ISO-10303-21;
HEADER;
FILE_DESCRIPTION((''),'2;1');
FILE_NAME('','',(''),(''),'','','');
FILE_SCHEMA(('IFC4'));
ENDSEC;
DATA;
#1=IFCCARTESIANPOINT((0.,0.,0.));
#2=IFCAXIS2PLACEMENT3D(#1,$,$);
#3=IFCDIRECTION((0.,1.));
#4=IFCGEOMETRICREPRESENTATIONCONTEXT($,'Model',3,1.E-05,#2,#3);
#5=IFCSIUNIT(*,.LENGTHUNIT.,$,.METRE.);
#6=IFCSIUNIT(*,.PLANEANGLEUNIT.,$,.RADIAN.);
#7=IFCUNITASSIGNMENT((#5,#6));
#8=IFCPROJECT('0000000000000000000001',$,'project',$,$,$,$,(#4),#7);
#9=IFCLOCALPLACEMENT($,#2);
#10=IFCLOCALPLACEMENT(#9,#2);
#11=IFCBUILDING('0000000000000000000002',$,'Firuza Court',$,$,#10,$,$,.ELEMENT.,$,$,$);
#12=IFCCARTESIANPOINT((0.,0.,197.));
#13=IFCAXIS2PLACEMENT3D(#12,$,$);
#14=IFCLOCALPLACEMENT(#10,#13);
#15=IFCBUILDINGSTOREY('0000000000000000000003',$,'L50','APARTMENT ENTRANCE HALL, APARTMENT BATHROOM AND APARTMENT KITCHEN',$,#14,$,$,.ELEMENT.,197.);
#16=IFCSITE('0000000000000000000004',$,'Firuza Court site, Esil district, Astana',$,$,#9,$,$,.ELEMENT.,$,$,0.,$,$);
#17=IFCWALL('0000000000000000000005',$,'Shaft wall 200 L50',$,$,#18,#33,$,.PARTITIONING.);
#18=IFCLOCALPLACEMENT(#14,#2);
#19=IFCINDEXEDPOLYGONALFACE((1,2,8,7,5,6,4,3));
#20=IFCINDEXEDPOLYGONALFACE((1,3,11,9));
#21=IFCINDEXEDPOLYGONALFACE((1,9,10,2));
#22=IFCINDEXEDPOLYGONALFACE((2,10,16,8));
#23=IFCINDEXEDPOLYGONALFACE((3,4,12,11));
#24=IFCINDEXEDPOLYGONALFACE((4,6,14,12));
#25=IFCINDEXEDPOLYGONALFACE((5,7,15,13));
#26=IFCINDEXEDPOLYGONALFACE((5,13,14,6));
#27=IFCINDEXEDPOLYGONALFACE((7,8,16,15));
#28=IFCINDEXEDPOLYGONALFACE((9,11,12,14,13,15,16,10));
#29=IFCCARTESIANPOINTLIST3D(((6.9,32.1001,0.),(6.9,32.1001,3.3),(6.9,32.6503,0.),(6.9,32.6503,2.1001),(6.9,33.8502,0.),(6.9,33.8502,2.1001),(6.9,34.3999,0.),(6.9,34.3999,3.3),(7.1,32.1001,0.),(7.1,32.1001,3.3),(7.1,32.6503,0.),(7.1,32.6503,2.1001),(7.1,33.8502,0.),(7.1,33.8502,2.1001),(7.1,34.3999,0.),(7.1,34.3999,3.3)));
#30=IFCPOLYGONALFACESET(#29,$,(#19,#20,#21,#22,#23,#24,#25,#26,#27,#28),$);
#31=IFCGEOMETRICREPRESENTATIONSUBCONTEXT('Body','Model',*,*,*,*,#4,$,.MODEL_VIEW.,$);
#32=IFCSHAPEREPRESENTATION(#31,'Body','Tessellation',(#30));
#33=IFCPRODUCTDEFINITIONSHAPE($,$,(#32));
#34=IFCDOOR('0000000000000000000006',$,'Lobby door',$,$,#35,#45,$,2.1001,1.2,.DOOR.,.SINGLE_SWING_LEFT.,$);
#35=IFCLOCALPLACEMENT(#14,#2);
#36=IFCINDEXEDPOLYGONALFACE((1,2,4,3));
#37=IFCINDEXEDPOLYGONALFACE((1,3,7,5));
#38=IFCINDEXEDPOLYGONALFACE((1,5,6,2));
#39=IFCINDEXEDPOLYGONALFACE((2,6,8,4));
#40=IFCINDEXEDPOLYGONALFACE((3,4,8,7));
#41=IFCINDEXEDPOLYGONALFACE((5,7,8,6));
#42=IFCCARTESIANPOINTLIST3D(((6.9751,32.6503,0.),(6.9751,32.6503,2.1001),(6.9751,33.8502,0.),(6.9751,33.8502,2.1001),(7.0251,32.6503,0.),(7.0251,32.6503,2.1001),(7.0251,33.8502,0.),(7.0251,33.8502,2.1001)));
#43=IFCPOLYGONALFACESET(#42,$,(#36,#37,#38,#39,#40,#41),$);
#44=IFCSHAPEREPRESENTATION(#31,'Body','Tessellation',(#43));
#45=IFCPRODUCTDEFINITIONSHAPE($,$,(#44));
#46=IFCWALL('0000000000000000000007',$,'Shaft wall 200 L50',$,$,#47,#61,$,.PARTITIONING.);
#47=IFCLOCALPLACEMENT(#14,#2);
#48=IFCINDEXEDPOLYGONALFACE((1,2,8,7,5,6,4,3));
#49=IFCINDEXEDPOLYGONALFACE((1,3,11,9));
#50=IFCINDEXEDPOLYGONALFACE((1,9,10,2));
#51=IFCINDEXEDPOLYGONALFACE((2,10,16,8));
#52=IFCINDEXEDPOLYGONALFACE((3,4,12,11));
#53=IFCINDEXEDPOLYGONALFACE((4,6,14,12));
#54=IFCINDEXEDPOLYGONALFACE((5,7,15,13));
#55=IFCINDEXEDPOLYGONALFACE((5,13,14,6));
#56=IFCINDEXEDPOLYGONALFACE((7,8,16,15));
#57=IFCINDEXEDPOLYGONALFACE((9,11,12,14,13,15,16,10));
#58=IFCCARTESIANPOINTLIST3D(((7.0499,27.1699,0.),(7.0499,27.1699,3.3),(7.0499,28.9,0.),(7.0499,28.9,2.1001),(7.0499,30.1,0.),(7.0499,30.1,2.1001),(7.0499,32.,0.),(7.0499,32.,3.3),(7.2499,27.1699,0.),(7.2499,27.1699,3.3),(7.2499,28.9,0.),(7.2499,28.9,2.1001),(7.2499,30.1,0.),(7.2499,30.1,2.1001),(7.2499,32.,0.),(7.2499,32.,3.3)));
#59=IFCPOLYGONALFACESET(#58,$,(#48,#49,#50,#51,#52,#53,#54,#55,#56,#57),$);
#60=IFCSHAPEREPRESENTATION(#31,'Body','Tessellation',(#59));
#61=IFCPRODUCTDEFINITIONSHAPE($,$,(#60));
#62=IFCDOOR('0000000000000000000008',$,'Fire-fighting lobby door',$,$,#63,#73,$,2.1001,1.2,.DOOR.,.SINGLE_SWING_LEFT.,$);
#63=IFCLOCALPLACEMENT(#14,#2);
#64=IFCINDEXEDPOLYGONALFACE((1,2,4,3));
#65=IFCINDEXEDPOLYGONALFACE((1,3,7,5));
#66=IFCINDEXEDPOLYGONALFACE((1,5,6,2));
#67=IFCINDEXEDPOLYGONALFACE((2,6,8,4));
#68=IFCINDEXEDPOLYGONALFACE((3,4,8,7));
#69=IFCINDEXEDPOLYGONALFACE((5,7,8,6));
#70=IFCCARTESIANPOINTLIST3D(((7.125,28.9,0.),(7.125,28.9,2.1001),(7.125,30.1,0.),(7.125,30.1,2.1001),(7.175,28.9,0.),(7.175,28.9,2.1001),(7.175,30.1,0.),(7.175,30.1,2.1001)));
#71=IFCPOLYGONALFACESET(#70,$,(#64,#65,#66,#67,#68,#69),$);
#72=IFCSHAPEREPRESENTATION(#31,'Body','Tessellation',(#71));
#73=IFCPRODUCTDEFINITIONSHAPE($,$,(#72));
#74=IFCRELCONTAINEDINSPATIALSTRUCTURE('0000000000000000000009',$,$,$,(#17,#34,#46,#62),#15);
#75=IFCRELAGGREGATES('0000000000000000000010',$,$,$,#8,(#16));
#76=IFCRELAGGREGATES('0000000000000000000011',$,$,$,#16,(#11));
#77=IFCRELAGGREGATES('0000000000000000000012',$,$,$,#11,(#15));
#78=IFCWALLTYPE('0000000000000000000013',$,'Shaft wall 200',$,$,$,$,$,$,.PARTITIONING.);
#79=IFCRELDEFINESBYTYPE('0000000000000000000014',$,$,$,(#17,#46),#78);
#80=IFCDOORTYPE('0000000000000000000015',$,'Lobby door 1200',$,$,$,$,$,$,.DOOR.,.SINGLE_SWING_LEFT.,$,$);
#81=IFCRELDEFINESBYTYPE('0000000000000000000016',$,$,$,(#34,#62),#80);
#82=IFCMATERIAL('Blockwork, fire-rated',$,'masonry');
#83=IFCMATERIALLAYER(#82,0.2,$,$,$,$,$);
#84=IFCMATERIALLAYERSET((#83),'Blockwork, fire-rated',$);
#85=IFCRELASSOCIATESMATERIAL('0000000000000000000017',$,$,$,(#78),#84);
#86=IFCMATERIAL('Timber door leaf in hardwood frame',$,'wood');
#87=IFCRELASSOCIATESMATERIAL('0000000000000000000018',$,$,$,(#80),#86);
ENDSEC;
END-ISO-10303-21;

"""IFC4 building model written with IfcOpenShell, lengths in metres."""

from ifc_helpers import new_model, si_unit, direction, frame, frame_2d, origin, place, context, subcontext, project, spatial, rectangle, extrude, material, layer, layer_set, type_object, element, fill, save


model = new_model("IFC4")

# Units and contexts
model_context = context("Model", 3, precision=1e-05, world=origin(), true_north=direction((0.0, 1.0)))
body_context = subcontext(model_context, "Body", "Model", "MODEL_VIEW")
ifc_project = project(units=[si_unit("LENGTHUNIT", "METRE"), si_unit("PLANEANGLEUNIT", "RADIAN")], contexts=[model_context])

# Site, building, storey
site_placement = place(None, origin())
site = spatial("IfcSite", under=ifc_project, at=site_placement, Name="Firuza Court site, Esil district, Astana", CompositionType="ELEMENT", RefElevation=0.0)
building_placement = place(site_placement, origin())
building = spatial("IfcBuilding", under=site, at=building_placement, Name="Firuza Court", CompositionType="ELEMENT")
storey_placement = place(building_placement, frame((0.0, 0.0, 197.0)))
storey = spatial("IfcBuildingStorey", under=building, at=storey_placement, Name="L50", Description="APARTMENT ENTRANCE HALL, APARTMENT BATHROOM AND APARTMENT KITCHEN", CompositionType="ELEMENT", Elevation=197.0)

# Shared definitions
ifc_material_1 = material(Name="Blockwork, fire-rated", Category="masonry")
ifc_layer_1 = layer(ifc_material_1, 0.2)
ifc_layer_set_1 = layer_set([ifc_layer_1], Name="Blockwork, fire-rated")
wall_type_1 = type_object("IfcWallType", Name="Shaft wall 200", PredefinedType="PARTITIONING", material=ifc_layer_set_1)

# Shared definitions
ifc_material_2 = material(Name="Timber door leaf in hardwood frame", Category="wood")
door_type = type_object("IfcDoorType", Name="Lobby door 1200", OperationType="SINGLE_SWING_LEFT", PredefinedType="DOOR", material=ifc_material_2)

# Walls, openings, doors
wall_1_placement = place(storey_placement, frame((7.0, 32.1001, 0.0), z_axis=(0.0, 0.0, 1.0), x_axis=(0.0, 1.0, 0.0)))
wall_1 = element("IfcWall", 1, at=wall_1_placement, inside=storey, type_object=wall_type_1, Name="Shaft wall 200 L50", PredefinedType="PARTITIONING", context=body_context, shape_type="SweptSolid", body=[
    extrude(rectangle(XDim=2.2998, YDim=0.2, at=frame_2d((1.1499, 0.0))), origin(), (0.0, 0.0, 1.0), 3.3),
])
opening_1_placement = place(wall_1_placement, frame((0.55, 0.0, 0.0)))
opening_1 = element("IfcOpeningElement", 2, at=opening_1_placement, cuts=wall_1, PredefinedType="OPENING", context=body_context, shape_type="SweptSolid", body=[
    extrude(rectangle(XDim=1.2, YDim=2.1001, at=frame_2d((0.6001, 1.05))), frame((0.0, 0.1118, 0.0), z_axis=(0.0, -1.0, 0.0), x_axis=(1.0, 0.0, 0.0)), (0.0, 0.0, 1.0), 0.2239),
])
door_1_placement = place(opening_1_placement, origin())
door_1 = element("IfcDoor", 3, at=door_1_placement, inside=storey, type_object=door_type, Name="Lobby door", OperationType="SINGLE_SWING_LEFT", OverallHeight=2.1001, OverallWidth=1.2, PredefinedType="DOOR", context=body_context, shape_type="SweptSolid", body=[
    extrude(rectangle(XDim=1.2, YDim=2.1001, at=frame_2d((0.6001, 1.05))), frame((0.0, 0.0249, 0.0), z_axis=(0.0, -1.0, 0.0), x_axis=(1.0, 0.0, 0.0)), (0.0, 0.0, 1.0), 0.05),
])
fill(opening_1, door_1)
wall_2_placement = place(storey_placement, frame((7.1499, 27.1699, 0.0), z_axis=(0.0, 0.0, 1.0), x_axis=(0.0, 1.0, 0.0)))
wall_2 = element("IfcWall", 4, at=wall_2_placement, inside=storey, type_object=wall_type_1, Name="Shaft wall 200 L50", PredefinedType="PARTITIONING", context=body_context, shape_type="SweptSolid", body=[
    extrude(rectangle(XDim=4.8301, YDim=0.2, at=frame_2d((2.415, 0.0))), origin(), (0.0, 0.0, 1.0), 3.3),
])
opening_2_placement = place(wall_2_placement, frame((1.73, 0.0, 0.0)))
opening_2 = element("IfcOpeningElement", 5, at=opening_2_placement, cuts=wall_2, PredefinedType="OPENING", context=body_context, shape_type="SweptSolid", body=[
    extrude(rectangle(XDim=1.2, YDim=2.1001, at=frame_2d((0.6001, 1.05))), frame((0.0, 0.1118, 0.0), z_axis=(0.0, -1.0, 0.0), x_axis=(1.0, 0.0, 0.0)), (0.0, 0.0, 1.0), 0.2239),
])
door_2_placement = place(opening_2_placement, origin())
door_2 = element("IfcDoor", 6, at=door_2_placement, inside=storey, type_object=door_type, Name="Fire-fighting lobby door", OperationType="SINGLE_SWING_LEFT", OverallHeight=2.1001, OverallWidth=1.2, PredefinedType="DOOR", context=body_context, shape_type="SweptSolid", body=[
    extrude(rectangle(XDim=1.2, YDim=2.1001, at=frame_2d((0.6001, 1.05))), frame((0.0, 0.0249, 0.0), z_axis=(0.0, -1.0, 0.0), x_axis=(1.0, 0.0, 0.0)), (0.0, 0.0, 1.0), 0.05),
])
fill(opening_2, door_2)

save(model, "model.ifc")
